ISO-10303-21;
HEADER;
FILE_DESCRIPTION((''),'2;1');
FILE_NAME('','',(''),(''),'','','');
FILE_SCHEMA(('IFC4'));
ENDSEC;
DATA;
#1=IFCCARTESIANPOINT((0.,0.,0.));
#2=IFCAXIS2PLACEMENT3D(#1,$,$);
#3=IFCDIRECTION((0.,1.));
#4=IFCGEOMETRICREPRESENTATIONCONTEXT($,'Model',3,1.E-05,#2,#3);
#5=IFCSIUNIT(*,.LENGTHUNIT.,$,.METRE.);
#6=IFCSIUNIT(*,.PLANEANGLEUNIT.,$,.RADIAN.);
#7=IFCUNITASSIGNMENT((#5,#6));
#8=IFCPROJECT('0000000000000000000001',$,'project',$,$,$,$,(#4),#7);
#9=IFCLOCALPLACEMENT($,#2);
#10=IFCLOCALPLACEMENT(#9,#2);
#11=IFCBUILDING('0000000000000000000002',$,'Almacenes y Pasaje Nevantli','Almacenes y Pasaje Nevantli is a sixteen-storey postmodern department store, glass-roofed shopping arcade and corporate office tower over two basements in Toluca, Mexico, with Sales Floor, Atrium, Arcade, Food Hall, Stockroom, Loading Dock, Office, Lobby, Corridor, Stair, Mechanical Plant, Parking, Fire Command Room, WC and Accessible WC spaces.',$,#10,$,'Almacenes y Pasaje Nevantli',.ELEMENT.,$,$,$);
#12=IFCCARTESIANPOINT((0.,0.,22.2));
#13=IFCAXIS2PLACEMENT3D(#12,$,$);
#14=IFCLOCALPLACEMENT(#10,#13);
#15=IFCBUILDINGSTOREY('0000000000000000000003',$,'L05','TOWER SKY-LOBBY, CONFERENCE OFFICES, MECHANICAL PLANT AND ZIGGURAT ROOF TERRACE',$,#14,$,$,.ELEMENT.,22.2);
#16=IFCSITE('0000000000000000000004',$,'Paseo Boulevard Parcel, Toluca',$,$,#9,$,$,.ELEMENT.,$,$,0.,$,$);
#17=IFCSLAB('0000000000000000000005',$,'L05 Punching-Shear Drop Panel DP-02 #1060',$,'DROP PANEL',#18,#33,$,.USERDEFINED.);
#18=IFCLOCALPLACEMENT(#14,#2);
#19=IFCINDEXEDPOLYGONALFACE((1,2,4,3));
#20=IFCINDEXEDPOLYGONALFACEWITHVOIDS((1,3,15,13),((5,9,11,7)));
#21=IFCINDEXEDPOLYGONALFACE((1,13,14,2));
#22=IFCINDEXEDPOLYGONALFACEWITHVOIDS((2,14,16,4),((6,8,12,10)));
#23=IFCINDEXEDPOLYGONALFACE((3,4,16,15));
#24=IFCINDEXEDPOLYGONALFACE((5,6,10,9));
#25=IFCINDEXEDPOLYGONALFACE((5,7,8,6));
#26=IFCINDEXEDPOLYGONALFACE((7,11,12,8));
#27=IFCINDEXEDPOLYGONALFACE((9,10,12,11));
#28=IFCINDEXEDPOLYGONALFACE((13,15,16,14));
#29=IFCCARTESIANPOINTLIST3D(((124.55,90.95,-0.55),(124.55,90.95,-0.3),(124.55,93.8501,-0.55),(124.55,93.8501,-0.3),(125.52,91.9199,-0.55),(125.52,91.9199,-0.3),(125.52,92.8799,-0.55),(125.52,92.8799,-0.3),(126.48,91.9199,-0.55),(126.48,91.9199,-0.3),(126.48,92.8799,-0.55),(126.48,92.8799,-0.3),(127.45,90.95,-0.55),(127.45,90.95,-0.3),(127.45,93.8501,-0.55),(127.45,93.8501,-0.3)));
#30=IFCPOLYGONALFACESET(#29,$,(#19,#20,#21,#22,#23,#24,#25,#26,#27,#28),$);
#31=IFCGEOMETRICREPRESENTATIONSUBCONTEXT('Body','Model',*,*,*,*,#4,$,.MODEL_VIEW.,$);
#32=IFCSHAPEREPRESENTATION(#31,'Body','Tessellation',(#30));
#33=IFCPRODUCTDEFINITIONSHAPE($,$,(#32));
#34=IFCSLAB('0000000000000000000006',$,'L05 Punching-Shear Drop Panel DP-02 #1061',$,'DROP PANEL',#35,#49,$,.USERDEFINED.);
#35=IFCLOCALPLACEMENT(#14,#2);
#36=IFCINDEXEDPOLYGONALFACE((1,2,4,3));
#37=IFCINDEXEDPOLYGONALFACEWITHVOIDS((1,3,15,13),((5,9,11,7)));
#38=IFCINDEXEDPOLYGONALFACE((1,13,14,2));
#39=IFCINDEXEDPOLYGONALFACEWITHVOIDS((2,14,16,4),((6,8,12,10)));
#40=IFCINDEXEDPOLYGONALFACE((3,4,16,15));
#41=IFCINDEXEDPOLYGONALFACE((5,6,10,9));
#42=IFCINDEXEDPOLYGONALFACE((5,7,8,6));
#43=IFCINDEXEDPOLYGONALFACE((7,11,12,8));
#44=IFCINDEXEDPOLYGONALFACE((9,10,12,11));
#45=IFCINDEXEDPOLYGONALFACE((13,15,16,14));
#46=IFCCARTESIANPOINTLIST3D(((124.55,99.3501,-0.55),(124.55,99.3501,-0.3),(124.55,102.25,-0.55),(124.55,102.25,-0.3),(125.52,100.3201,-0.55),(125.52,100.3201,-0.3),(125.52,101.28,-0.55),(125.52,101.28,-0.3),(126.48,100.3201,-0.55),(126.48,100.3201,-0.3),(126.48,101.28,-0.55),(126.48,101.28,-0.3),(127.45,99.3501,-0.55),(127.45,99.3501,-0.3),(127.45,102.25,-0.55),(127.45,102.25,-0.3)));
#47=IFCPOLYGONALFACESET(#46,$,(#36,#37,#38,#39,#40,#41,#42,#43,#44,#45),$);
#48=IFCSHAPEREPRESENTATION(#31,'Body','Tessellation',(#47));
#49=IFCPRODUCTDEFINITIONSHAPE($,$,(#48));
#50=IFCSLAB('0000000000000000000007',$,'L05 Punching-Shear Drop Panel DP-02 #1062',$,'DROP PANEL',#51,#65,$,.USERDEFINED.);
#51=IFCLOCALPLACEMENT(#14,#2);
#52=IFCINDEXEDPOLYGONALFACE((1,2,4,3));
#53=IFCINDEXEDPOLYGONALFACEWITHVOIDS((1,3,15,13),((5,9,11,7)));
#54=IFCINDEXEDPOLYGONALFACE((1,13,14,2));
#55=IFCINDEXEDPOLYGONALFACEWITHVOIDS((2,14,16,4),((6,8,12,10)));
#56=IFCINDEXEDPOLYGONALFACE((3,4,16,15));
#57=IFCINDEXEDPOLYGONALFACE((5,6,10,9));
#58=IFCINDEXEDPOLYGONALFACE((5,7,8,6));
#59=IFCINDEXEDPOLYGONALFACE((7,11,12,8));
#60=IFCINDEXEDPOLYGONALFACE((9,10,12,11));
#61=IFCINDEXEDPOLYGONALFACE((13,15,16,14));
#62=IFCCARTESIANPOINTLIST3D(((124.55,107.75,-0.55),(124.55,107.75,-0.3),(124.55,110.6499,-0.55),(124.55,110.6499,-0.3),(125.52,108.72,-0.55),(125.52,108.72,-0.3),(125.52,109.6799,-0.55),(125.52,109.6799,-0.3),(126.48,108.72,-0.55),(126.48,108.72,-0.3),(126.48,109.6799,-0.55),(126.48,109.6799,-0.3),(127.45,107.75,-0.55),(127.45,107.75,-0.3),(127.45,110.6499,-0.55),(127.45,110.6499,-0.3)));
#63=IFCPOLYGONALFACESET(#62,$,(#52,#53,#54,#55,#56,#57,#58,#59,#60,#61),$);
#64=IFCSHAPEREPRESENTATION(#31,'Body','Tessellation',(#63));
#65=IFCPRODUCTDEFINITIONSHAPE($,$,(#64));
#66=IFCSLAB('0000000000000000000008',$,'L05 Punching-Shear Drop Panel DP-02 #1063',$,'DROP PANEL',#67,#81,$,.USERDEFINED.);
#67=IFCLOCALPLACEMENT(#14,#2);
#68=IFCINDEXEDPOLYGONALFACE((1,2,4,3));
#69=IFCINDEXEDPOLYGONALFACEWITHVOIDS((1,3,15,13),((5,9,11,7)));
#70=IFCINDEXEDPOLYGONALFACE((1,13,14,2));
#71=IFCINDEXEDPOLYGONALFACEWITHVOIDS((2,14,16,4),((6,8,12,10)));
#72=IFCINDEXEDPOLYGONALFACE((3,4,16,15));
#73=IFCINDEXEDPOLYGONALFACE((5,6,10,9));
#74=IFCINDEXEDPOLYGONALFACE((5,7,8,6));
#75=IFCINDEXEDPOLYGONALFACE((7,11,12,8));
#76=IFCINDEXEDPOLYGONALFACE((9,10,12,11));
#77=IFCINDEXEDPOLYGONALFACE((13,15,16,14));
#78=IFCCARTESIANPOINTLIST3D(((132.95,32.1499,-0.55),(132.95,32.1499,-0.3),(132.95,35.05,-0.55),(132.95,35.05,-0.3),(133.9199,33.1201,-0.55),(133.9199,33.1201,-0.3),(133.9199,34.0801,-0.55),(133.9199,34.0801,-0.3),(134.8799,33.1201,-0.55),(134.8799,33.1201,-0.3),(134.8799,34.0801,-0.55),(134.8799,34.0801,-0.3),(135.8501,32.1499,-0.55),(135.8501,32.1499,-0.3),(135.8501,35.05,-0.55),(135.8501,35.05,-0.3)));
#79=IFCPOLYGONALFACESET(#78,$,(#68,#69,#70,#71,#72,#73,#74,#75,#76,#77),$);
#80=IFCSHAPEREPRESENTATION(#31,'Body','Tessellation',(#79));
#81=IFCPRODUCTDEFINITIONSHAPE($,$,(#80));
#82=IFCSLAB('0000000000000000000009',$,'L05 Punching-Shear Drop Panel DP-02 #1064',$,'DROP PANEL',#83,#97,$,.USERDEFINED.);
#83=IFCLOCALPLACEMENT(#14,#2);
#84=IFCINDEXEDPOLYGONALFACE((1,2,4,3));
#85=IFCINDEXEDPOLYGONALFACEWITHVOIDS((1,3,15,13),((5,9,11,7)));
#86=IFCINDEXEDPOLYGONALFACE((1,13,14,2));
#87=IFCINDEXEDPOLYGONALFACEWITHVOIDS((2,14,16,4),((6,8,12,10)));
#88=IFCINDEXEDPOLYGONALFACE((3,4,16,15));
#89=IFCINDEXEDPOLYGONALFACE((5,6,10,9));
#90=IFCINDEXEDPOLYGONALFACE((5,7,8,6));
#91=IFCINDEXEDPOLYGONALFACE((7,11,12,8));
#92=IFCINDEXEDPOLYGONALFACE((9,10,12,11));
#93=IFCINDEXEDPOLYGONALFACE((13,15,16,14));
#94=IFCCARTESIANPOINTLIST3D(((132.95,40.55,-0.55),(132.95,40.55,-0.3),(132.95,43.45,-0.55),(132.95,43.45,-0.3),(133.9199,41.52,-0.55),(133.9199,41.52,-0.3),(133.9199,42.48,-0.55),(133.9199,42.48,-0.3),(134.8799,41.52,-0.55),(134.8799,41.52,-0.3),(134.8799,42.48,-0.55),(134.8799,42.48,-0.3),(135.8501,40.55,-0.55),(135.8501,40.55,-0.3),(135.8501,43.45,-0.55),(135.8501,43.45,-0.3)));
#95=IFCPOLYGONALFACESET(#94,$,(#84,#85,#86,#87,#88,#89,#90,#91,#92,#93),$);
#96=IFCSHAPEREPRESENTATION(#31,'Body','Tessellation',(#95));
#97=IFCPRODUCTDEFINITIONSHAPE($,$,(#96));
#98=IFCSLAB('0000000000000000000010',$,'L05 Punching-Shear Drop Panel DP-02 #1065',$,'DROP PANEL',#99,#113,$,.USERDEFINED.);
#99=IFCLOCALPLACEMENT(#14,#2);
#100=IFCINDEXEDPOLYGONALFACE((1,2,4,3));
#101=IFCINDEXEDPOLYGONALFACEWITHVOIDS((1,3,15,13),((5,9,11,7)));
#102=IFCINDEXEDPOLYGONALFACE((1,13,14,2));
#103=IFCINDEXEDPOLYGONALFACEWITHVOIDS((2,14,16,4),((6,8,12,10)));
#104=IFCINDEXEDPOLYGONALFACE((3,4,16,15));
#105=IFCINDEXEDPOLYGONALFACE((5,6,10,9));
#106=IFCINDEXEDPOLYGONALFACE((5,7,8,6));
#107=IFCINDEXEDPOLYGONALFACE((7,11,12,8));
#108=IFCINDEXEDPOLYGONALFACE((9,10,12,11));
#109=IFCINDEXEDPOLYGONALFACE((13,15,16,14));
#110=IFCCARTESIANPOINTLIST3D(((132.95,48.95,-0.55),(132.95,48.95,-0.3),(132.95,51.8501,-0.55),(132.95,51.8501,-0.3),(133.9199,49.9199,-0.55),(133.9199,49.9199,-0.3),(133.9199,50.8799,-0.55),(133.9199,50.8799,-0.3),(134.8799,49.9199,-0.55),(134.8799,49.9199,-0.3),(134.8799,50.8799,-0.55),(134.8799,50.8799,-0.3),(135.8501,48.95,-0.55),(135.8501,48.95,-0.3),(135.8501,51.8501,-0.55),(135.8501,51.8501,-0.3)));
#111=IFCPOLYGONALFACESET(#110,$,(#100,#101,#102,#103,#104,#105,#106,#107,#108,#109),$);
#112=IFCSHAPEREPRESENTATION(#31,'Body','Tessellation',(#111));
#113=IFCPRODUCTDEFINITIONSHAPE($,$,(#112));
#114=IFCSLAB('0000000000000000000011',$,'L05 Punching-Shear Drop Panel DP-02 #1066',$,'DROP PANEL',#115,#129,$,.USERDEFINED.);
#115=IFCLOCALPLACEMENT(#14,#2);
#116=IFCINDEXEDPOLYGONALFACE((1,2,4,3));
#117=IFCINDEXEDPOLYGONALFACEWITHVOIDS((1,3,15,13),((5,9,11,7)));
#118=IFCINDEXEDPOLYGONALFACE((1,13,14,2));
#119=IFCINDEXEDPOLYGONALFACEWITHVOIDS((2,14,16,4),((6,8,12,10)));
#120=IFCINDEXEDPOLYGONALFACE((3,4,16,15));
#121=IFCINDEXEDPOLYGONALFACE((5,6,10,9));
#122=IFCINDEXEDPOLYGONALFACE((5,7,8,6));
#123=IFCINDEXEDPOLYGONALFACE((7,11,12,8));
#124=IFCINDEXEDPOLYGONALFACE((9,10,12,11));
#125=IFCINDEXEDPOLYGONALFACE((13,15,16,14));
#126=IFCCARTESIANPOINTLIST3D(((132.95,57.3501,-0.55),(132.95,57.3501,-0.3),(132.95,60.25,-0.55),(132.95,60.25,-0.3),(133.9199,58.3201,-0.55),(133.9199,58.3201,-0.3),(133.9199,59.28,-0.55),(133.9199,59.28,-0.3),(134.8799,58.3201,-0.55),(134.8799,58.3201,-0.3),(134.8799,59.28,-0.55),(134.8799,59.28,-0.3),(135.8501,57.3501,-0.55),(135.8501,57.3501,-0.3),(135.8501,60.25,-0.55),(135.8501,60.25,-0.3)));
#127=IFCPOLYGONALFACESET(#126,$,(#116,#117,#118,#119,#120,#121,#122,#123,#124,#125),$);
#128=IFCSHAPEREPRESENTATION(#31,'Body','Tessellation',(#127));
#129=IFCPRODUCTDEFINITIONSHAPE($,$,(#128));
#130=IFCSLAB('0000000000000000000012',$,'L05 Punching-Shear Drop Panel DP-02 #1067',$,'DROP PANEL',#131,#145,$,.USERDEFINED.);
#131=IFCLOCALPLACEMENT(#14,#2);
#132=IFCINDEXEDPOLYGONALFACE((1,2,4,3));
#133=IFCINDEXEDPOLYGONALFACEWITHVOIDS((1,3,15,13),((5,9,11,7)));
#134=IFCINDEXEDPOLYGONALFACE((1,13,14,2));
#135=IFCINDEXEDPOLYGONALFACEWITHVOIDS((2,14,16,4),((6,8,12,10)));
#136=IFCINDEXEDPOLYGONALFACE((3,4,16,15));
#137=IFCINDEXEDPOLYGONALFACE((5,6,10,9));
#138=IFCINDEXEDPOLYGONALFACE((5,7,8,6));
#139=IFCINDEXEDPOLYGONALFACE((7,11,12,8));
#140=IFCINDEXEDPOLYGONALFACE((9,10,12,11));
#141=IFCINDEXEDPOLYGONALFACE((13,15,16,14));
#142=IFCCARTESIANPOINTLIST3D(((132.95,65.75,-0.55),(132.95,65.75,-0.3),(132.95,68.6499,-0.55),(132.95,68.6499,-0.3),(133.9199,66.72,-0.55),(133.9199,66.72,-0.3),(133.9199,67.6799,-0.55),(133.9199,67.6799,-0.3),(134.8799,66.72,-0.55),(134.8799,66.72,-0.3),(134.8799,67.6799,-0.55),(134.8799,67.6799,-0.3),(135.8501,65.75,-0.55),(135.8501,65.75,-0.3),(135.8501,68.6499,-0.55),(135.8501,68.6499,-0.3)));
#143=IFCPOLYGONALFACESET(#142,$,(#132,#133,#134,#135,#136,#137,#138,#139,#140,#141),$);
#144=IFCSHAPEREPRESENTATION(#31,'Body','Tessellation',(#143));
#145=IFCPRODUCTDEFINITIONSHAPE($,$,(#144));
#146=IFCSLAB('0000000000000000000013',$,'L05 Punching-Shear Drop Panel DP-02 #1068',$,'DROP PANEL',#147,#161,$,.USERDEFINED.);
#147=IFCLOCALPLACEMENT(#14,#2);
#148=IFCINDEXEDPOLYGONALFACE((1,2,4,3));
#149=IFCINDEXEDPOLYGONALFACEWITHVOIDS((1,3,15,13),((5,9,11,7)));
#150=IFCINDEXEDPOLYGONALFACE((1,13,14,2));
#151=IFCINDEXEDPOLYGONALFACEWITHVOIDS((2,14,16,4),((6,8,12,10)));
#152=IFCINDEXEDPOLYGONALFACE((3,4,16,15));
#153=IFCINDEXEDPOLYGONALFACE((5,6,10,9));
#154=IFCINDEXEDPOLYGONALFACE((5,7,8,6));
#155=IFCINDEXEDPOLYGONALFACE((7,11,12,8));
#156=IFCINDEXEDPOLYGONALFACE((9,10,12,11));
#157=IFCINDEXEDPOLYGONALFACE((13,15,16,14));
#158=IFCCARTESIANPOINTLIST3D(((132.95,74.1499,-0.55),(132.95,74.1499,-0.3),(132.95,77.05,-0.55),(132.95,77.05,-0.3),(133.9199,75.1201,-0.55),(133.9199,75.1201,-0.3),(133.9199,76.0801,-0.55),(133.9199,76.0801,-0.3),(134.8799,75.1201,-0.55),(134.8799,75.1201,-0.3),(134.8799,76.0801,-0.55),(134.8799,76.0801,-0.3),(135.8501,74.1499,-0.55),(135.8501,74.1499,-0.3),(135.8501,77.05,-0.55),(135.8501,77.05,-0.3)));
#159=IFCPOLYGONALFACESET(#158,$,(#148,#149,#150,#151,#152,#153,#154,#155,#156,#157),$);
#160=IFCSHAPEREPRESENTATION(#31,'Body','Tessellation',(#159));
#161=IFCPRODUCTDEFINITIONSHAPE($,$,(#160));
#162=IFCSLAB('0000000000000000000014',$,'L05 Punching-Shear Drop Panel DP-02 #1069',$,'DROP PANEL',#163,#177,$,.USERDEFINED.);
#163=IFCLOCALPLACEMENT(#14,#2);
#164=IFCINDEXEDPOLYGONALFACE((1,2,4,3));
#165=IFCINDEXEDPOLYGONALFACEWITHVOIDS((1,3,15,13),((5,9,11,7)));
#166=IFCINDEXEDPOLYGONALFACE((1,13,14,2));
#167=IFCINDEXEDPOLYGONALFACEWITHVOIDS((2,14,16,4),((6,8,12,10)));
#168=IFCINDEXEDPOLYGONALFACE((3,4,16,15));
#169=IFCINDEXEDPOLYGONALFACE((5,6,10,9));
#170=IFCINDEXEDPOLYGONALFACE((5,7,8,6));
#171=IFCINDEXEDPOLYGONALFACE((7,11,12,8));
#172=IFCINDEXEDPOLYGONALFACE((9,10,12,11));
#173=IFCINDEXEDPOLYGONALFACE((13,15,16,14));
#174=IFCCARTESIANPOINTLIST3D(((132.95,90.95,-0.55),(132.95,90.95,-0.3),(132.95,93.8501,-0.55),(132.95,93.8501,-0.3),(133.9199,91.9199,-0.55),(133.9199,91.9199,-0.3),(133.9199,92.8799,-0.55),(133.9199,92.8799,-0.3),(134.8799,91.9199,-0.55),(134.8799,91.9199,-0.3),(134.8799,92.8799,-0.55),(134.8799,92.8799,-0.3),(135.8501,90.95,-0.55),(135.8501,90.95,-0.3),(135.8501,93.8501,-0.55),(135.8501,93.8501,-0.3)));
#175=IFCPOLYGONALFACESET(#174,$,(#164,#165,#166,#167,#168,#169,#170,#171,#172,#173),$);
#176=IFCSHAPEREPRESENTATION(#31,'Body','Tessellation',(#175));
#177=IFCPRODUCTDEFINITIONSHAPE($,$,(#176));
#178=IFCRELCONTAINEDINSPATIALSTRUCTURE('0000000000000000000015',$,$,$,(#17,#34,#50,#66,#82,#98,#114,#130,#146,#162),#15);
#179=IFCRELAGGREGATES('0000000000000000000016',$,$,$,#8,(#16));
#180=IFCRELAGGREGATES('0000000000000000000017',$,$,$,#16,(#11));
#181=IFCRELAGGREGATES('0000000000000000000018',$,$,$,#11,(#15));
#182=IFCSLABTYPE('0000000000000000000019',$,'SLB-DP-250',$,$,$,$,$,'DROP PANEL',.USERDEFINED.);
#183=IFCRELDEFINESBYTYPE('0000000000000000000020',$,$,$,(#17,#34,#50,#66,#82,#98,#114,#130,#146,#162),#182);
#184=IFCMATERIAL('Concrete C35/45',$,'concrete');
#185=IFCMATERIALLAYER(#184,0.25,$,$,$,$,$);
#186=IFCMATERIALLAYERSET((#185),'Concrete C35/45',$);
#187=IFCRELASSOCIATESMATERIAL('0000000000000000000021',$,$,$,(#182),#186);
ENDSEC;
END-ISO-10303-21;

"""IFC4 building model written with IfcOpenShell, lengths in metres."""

from ifc_helpers import new_model, si_unit, direction, frame, origin, place, context, subcontext, project, spatial, polyline, outline, extrude, material, layer, layer_set, type_object, element, save


model = new_model("IFC4")

# Units and contexts
model_context = context("Model", 3, precision=1e-05, world=origin(), true_north=direction((0.0, 1.0)))
body_context = subcontext(model_context, "Body", "Model", "MODEL_VIEW")
ifc_project = project(units=[si_unit("LENGTHUNIT", "METRE"), si_unit("PLANEANGLEUNIT", "RADIAN")], contexts=[model_context])

# Site, building, storey
site_placement = place(None, origin())
site = spatial("IfcSite", under=ifc_project, at=site_placement, Name="Paseo Boulevard Parcel, Toluca", CompositionType="ELEMENT", RefElevation=0.0)
building_placement = place(site_placement, origin())
building = spatial("IfcBuilding", under=site, at=building_placement, Name="Almacenes y Pasaje Nevantli", Description="Almacenes y Pasaje Nevantli is a sixteen-storey postmodern department store, glass-roofed shopping arcade and corporate office tower over two basements in Toluca, Mexico, with Sales Floor, Atrium, Arcade, Food Hall, Stockroom, Loading Dock, Office, Lobby, Corridor, Stair, Mechanical Plant, Parking, Fire Command Room, WC and Accessible WC spaces.", LongName="Almacenes y Pasaje Nevantli", CompositionType="ELEMENT")
storey_placement = place(building_placement, frame((0.0, 0.0, 22.2)))
storey = spatial("IfcBuildingStorey", under=building, at=storey_placement, Name="L05", Description="TOWER SKY-LOBBY, CONFERENCE OFFICES, MECHANICAL PLANT AND ZIGGURAT ROOF TERRACE", CompositionType="ELEMENT", Elevation=22.2)

# Slabs
ifc_material_1 = material(Name="Concrete C35/45", Category="concrete")
ifc_layer_1 = layer(ifc_material_1, 0.25)
ifc_layer_set_1 = layer_set([ifc_layer_1], Name="Concrete C35/45")
slab_type_1 = type_object("IfcSlabType", Name="SLB-DP-250", ElementType="DROP PANEL", PredefinedType="USERDEFINED", material=ifc_layer_set_1)
slab_1_placement = place(storey_placement, frame((0.0, 0.0, -0.55)))
element("IfcSlab", 1, at=slab_1_placement, inside=storey, type_object=slab_type_1, Name="L05 Punching-Shear Drop Panel DP-02 #1060", ObjectType="DROP PANEL", PredefinedType="USERDEFINED", context=body_context, shape_type="SweptSolid", body=[
    extrude(outline(polyline([(124.55, 90.95), (127.45, 90.95), (127.45, 93.8501), (124.55, 93.8501), (124.55, 90.95)]), holes=[polyline([(125.52, 91.9199), (126.48, 91.9199), (126.48, 92.8799), (125.52, 92.8799), (125.52, 91.9199)])]), origin(), (0.0, 0.0, 1.0), 0.25),
])
slab_2_placement = place(storey_placement, frame((0.0, 0.0, -0.55)))
element("IfcSlab", 2, at=slab_2_placement, inside=storey, type_object=slab_type_1, Name="L05 Punching-Shear Drop Panel DP-02 #1061", ObjectType="DROP PANEL", PredefinedType="USERDEFINED", context=body_context, shape_type="SweptSolid", body=[
    extrude(outline(polyline([(124.55, 99.3501), (127.45, 99.3501), (127.45, 102.25), (124.55, 102.25), (124.55, 99.3501)]), holes=[polyline([(125.52, 100.3201), (126.48, 100.3201), (126.48, 101.28), (125.52, 101.28), (125.52, 100.3201)])]), origin(), (0.0, 0.0, 1.0), 0.25),
])
slab_3_placement = place(storey_placement, frame((0.0, 0.0, -0.55)))
element("IfcSlab", 3, at=slab_3_placement, inside=storey, type_object=slab_type_1, Name="L05 Punching-Shear Drop Panel DP-02 #1062", ObjectType="DROP PANEL", PredefinedType="USERDEFINED", context=body_context, shape_type="SweptSolid", body=[
    extrude(outline(polyline([(124.55, 107.75), (127.45, 107.75), (127.45, 110.6499), (124.55, 110.6499), (124.55, 107.75)]), holes=[polyline([(125.52, 108.72), (126.48, 108.72), (126.48, 109.6799), (125.52, 109.6799), (125.52, 108.72)])]), origin(), (0.0, 0.0, 1.0), 0.25),
])
slab_4_placement = place(storey_placement, frame((0.0, 0.0, -0.55)))
element("IfcSlab", 4, at=slab_4_placement, inside=storey, type_object=slab_type_1, Name="L05 Punching-Shear Drop Panel DP-02 #1063", ObjectType="DROP PANEL", PredefinedType="USERDEFINED", context=body_context, shape_type="SweptSolid", body=[
    extrude(outline(polyline([(132.95, 32.1499), (135.8501, 32.1499), (135.8501, 35.05), (132.95, 35.05), (132.95, 32.1499)]), holes=[polyline([(133.9199, 33.1201), (134.8799, 33.1201), (134.8799, 34.0801), (133.9199, 34.0801), (133.9199, 33.1201)])]), origin(), (0.0, 0.0, 1.0), 0.25),
])
slab_5_placement = place(storey_placement, frame((0.0, 0.0, -0.55)))
element("IfcSlab", 5, at=slab_5_placement, inside=storey, type_object=slab_type_1, Name="L05 Punching-Shear Drop Panel DP-02 #1064", ObjectType="DROP PANEL", PredefinedType="USERDEFINED", context=body_context, shape_type="SweptSolid", body=[
    extrude(outline(polyline([(132.95, 40.55), (135.8501, 40.55), (135.8501, 43.45), (132.95, 43.45), (132.95, 40.55)]), holes=[polyline([(133.9199, 41.52), (134.8799, 41.52), (134.8799, 42.48), (133.9199, 42.48), (133.9199, 41.52)])]), origin(), (0.0, 0.0, 1.0), 0.25),
])
slab_6_placement = place(storey_placement, frame((0.0, 0.0, -0.55)))
element("IfcSlab", 6, at=slab_6_placement, inside=storey, type_object=slab_type_1, Name="L05 Punching-Shear Drop Panel DP-02 #1065", ObjectType="DROP PANEL", PredefinedType="USERDEFINED", context=body_context, shape_type="SweptSolid", body=[
    extrude(outline(polyline([(132.95, 48.95), (135.8501, 48.95), (135.8501, 51.8501), (132.95, 51.8501), (132.95, 48.95)]), holes=[polyline([(133.9199, 49.9199), (134.8799, 49.9199), (134.8799, 50.8799), (133.9199, 50.8799), (133.9199, 49.9199)])]), origin(), (0.0, 0.0, 1.0), 0.25),
])
slab_7_placement = place(storey_placement, frame((0.0, 0.0, -0.55)))
element("IfcSlab", 7, at=slab_7_placement, inside=storey, type_object=slab_type_1, Name="L05 Punching-Shear Drop Panel DP-02 #1066", ObjectType="DROP PANEL", PredefinedType="USERDEFINED", context=body_context, shape_type="SweptSolid", body=[
    extrude(outline(polyline([(132.95, 57.3501), (135.8501, 57.3501), (135.8501, 60.25), (132.95, 60.25), (132.95, 57.3501)]), holes=[polyline([(133.9199, 58.3201), (134.8799, 58.3201), (134.8799, 59.28), (133.9199, 59.28), (133.9199, 58.3201)])]), origin(), (0.0, 0.0, 1.0), 0.25),
])
slab_8_placement = place(storey_placement, frame((0.0, 0.0, -0.55)))
element("IfcSlab", 8, at=slab_8_placement, inside=storey, type_object=slab_type_1, Name="L05 Punching-Shear Drop Panel DP-02 #1067", ObjectType="DROP PANEL", PredefinedType="USERDEFINED", context=body_context, shape_type="SweptSolid", body=[
    extrude(outline(polyline([(132.95, 65.75), (135.8501, 65.75), (135.8501, 68.6499), (132.95, 68.6499), (132.95, 65.75)]), holes=[polyline([(133.9199, 66.72), (134.8799, 66.72), (134.8799, 67.6799), (133.9199, 67.6799), (133.9199, 66.72)])]), origin(), (0.0, 0.0, 1.0), 0.25),
])
slab_9_placement = place(storey_placement, frame((0.0, 0.0, -0.55)))
element("IfcSlab", 9, at=slab_9_placement, inside=storey, type_object=slab_type_1, Name="L05 Punching-Shear Drop Panel DP-02 #1068", ObjectType="DROP PANEL", PredefinedType="USERDEFINED", context=body_context, shape_type="SweptSolid", body=[
    extrude(outline(polyline([(132.95, 74.1499), (135.8501, 74.1499), (135.8501, 77.05), (132.95, 77.05), (132.95, 74.1499)]), holes=[polyline([(133.9199, 75.1201), (134.8799, 75.1201), (134.8799, 76.0801), (133.9199, 76.0801), (133.9199, 75.1201)])]), origin(), (0.0, 0.0, 1.0), 0.25),
])
slab_10_placement = place(storey_placement, frame((0.0, 0.0, -0.55)))
element("IfcSlab", 10, at=slab_10_placement, inside=storey, type_object=slab_type_1, Name="L05 Punching-Shear Drop Panel DP-02 #1069", ObjectType="DROP PANEL", PredefinedType="USERDEFINED", context=body_context, shape_type="SweptSolid", body=[
    extrude(outline(polyline([(132.95, 90.95), (135.8501, 90.95), (135.8501, 93.8501), (132.95, 93.8501), (132.95, 90.95)]), holes=[polyline([(133.9199, 91.9199), (134.8799, 91.9199), (134.8799, 92.8799), (133.9199, 92.8799), (133.9199, 91.9199)])]), origin(), (0.0, 0.0, 1.0), 0.25),
])

save(model, "model.ifc")
